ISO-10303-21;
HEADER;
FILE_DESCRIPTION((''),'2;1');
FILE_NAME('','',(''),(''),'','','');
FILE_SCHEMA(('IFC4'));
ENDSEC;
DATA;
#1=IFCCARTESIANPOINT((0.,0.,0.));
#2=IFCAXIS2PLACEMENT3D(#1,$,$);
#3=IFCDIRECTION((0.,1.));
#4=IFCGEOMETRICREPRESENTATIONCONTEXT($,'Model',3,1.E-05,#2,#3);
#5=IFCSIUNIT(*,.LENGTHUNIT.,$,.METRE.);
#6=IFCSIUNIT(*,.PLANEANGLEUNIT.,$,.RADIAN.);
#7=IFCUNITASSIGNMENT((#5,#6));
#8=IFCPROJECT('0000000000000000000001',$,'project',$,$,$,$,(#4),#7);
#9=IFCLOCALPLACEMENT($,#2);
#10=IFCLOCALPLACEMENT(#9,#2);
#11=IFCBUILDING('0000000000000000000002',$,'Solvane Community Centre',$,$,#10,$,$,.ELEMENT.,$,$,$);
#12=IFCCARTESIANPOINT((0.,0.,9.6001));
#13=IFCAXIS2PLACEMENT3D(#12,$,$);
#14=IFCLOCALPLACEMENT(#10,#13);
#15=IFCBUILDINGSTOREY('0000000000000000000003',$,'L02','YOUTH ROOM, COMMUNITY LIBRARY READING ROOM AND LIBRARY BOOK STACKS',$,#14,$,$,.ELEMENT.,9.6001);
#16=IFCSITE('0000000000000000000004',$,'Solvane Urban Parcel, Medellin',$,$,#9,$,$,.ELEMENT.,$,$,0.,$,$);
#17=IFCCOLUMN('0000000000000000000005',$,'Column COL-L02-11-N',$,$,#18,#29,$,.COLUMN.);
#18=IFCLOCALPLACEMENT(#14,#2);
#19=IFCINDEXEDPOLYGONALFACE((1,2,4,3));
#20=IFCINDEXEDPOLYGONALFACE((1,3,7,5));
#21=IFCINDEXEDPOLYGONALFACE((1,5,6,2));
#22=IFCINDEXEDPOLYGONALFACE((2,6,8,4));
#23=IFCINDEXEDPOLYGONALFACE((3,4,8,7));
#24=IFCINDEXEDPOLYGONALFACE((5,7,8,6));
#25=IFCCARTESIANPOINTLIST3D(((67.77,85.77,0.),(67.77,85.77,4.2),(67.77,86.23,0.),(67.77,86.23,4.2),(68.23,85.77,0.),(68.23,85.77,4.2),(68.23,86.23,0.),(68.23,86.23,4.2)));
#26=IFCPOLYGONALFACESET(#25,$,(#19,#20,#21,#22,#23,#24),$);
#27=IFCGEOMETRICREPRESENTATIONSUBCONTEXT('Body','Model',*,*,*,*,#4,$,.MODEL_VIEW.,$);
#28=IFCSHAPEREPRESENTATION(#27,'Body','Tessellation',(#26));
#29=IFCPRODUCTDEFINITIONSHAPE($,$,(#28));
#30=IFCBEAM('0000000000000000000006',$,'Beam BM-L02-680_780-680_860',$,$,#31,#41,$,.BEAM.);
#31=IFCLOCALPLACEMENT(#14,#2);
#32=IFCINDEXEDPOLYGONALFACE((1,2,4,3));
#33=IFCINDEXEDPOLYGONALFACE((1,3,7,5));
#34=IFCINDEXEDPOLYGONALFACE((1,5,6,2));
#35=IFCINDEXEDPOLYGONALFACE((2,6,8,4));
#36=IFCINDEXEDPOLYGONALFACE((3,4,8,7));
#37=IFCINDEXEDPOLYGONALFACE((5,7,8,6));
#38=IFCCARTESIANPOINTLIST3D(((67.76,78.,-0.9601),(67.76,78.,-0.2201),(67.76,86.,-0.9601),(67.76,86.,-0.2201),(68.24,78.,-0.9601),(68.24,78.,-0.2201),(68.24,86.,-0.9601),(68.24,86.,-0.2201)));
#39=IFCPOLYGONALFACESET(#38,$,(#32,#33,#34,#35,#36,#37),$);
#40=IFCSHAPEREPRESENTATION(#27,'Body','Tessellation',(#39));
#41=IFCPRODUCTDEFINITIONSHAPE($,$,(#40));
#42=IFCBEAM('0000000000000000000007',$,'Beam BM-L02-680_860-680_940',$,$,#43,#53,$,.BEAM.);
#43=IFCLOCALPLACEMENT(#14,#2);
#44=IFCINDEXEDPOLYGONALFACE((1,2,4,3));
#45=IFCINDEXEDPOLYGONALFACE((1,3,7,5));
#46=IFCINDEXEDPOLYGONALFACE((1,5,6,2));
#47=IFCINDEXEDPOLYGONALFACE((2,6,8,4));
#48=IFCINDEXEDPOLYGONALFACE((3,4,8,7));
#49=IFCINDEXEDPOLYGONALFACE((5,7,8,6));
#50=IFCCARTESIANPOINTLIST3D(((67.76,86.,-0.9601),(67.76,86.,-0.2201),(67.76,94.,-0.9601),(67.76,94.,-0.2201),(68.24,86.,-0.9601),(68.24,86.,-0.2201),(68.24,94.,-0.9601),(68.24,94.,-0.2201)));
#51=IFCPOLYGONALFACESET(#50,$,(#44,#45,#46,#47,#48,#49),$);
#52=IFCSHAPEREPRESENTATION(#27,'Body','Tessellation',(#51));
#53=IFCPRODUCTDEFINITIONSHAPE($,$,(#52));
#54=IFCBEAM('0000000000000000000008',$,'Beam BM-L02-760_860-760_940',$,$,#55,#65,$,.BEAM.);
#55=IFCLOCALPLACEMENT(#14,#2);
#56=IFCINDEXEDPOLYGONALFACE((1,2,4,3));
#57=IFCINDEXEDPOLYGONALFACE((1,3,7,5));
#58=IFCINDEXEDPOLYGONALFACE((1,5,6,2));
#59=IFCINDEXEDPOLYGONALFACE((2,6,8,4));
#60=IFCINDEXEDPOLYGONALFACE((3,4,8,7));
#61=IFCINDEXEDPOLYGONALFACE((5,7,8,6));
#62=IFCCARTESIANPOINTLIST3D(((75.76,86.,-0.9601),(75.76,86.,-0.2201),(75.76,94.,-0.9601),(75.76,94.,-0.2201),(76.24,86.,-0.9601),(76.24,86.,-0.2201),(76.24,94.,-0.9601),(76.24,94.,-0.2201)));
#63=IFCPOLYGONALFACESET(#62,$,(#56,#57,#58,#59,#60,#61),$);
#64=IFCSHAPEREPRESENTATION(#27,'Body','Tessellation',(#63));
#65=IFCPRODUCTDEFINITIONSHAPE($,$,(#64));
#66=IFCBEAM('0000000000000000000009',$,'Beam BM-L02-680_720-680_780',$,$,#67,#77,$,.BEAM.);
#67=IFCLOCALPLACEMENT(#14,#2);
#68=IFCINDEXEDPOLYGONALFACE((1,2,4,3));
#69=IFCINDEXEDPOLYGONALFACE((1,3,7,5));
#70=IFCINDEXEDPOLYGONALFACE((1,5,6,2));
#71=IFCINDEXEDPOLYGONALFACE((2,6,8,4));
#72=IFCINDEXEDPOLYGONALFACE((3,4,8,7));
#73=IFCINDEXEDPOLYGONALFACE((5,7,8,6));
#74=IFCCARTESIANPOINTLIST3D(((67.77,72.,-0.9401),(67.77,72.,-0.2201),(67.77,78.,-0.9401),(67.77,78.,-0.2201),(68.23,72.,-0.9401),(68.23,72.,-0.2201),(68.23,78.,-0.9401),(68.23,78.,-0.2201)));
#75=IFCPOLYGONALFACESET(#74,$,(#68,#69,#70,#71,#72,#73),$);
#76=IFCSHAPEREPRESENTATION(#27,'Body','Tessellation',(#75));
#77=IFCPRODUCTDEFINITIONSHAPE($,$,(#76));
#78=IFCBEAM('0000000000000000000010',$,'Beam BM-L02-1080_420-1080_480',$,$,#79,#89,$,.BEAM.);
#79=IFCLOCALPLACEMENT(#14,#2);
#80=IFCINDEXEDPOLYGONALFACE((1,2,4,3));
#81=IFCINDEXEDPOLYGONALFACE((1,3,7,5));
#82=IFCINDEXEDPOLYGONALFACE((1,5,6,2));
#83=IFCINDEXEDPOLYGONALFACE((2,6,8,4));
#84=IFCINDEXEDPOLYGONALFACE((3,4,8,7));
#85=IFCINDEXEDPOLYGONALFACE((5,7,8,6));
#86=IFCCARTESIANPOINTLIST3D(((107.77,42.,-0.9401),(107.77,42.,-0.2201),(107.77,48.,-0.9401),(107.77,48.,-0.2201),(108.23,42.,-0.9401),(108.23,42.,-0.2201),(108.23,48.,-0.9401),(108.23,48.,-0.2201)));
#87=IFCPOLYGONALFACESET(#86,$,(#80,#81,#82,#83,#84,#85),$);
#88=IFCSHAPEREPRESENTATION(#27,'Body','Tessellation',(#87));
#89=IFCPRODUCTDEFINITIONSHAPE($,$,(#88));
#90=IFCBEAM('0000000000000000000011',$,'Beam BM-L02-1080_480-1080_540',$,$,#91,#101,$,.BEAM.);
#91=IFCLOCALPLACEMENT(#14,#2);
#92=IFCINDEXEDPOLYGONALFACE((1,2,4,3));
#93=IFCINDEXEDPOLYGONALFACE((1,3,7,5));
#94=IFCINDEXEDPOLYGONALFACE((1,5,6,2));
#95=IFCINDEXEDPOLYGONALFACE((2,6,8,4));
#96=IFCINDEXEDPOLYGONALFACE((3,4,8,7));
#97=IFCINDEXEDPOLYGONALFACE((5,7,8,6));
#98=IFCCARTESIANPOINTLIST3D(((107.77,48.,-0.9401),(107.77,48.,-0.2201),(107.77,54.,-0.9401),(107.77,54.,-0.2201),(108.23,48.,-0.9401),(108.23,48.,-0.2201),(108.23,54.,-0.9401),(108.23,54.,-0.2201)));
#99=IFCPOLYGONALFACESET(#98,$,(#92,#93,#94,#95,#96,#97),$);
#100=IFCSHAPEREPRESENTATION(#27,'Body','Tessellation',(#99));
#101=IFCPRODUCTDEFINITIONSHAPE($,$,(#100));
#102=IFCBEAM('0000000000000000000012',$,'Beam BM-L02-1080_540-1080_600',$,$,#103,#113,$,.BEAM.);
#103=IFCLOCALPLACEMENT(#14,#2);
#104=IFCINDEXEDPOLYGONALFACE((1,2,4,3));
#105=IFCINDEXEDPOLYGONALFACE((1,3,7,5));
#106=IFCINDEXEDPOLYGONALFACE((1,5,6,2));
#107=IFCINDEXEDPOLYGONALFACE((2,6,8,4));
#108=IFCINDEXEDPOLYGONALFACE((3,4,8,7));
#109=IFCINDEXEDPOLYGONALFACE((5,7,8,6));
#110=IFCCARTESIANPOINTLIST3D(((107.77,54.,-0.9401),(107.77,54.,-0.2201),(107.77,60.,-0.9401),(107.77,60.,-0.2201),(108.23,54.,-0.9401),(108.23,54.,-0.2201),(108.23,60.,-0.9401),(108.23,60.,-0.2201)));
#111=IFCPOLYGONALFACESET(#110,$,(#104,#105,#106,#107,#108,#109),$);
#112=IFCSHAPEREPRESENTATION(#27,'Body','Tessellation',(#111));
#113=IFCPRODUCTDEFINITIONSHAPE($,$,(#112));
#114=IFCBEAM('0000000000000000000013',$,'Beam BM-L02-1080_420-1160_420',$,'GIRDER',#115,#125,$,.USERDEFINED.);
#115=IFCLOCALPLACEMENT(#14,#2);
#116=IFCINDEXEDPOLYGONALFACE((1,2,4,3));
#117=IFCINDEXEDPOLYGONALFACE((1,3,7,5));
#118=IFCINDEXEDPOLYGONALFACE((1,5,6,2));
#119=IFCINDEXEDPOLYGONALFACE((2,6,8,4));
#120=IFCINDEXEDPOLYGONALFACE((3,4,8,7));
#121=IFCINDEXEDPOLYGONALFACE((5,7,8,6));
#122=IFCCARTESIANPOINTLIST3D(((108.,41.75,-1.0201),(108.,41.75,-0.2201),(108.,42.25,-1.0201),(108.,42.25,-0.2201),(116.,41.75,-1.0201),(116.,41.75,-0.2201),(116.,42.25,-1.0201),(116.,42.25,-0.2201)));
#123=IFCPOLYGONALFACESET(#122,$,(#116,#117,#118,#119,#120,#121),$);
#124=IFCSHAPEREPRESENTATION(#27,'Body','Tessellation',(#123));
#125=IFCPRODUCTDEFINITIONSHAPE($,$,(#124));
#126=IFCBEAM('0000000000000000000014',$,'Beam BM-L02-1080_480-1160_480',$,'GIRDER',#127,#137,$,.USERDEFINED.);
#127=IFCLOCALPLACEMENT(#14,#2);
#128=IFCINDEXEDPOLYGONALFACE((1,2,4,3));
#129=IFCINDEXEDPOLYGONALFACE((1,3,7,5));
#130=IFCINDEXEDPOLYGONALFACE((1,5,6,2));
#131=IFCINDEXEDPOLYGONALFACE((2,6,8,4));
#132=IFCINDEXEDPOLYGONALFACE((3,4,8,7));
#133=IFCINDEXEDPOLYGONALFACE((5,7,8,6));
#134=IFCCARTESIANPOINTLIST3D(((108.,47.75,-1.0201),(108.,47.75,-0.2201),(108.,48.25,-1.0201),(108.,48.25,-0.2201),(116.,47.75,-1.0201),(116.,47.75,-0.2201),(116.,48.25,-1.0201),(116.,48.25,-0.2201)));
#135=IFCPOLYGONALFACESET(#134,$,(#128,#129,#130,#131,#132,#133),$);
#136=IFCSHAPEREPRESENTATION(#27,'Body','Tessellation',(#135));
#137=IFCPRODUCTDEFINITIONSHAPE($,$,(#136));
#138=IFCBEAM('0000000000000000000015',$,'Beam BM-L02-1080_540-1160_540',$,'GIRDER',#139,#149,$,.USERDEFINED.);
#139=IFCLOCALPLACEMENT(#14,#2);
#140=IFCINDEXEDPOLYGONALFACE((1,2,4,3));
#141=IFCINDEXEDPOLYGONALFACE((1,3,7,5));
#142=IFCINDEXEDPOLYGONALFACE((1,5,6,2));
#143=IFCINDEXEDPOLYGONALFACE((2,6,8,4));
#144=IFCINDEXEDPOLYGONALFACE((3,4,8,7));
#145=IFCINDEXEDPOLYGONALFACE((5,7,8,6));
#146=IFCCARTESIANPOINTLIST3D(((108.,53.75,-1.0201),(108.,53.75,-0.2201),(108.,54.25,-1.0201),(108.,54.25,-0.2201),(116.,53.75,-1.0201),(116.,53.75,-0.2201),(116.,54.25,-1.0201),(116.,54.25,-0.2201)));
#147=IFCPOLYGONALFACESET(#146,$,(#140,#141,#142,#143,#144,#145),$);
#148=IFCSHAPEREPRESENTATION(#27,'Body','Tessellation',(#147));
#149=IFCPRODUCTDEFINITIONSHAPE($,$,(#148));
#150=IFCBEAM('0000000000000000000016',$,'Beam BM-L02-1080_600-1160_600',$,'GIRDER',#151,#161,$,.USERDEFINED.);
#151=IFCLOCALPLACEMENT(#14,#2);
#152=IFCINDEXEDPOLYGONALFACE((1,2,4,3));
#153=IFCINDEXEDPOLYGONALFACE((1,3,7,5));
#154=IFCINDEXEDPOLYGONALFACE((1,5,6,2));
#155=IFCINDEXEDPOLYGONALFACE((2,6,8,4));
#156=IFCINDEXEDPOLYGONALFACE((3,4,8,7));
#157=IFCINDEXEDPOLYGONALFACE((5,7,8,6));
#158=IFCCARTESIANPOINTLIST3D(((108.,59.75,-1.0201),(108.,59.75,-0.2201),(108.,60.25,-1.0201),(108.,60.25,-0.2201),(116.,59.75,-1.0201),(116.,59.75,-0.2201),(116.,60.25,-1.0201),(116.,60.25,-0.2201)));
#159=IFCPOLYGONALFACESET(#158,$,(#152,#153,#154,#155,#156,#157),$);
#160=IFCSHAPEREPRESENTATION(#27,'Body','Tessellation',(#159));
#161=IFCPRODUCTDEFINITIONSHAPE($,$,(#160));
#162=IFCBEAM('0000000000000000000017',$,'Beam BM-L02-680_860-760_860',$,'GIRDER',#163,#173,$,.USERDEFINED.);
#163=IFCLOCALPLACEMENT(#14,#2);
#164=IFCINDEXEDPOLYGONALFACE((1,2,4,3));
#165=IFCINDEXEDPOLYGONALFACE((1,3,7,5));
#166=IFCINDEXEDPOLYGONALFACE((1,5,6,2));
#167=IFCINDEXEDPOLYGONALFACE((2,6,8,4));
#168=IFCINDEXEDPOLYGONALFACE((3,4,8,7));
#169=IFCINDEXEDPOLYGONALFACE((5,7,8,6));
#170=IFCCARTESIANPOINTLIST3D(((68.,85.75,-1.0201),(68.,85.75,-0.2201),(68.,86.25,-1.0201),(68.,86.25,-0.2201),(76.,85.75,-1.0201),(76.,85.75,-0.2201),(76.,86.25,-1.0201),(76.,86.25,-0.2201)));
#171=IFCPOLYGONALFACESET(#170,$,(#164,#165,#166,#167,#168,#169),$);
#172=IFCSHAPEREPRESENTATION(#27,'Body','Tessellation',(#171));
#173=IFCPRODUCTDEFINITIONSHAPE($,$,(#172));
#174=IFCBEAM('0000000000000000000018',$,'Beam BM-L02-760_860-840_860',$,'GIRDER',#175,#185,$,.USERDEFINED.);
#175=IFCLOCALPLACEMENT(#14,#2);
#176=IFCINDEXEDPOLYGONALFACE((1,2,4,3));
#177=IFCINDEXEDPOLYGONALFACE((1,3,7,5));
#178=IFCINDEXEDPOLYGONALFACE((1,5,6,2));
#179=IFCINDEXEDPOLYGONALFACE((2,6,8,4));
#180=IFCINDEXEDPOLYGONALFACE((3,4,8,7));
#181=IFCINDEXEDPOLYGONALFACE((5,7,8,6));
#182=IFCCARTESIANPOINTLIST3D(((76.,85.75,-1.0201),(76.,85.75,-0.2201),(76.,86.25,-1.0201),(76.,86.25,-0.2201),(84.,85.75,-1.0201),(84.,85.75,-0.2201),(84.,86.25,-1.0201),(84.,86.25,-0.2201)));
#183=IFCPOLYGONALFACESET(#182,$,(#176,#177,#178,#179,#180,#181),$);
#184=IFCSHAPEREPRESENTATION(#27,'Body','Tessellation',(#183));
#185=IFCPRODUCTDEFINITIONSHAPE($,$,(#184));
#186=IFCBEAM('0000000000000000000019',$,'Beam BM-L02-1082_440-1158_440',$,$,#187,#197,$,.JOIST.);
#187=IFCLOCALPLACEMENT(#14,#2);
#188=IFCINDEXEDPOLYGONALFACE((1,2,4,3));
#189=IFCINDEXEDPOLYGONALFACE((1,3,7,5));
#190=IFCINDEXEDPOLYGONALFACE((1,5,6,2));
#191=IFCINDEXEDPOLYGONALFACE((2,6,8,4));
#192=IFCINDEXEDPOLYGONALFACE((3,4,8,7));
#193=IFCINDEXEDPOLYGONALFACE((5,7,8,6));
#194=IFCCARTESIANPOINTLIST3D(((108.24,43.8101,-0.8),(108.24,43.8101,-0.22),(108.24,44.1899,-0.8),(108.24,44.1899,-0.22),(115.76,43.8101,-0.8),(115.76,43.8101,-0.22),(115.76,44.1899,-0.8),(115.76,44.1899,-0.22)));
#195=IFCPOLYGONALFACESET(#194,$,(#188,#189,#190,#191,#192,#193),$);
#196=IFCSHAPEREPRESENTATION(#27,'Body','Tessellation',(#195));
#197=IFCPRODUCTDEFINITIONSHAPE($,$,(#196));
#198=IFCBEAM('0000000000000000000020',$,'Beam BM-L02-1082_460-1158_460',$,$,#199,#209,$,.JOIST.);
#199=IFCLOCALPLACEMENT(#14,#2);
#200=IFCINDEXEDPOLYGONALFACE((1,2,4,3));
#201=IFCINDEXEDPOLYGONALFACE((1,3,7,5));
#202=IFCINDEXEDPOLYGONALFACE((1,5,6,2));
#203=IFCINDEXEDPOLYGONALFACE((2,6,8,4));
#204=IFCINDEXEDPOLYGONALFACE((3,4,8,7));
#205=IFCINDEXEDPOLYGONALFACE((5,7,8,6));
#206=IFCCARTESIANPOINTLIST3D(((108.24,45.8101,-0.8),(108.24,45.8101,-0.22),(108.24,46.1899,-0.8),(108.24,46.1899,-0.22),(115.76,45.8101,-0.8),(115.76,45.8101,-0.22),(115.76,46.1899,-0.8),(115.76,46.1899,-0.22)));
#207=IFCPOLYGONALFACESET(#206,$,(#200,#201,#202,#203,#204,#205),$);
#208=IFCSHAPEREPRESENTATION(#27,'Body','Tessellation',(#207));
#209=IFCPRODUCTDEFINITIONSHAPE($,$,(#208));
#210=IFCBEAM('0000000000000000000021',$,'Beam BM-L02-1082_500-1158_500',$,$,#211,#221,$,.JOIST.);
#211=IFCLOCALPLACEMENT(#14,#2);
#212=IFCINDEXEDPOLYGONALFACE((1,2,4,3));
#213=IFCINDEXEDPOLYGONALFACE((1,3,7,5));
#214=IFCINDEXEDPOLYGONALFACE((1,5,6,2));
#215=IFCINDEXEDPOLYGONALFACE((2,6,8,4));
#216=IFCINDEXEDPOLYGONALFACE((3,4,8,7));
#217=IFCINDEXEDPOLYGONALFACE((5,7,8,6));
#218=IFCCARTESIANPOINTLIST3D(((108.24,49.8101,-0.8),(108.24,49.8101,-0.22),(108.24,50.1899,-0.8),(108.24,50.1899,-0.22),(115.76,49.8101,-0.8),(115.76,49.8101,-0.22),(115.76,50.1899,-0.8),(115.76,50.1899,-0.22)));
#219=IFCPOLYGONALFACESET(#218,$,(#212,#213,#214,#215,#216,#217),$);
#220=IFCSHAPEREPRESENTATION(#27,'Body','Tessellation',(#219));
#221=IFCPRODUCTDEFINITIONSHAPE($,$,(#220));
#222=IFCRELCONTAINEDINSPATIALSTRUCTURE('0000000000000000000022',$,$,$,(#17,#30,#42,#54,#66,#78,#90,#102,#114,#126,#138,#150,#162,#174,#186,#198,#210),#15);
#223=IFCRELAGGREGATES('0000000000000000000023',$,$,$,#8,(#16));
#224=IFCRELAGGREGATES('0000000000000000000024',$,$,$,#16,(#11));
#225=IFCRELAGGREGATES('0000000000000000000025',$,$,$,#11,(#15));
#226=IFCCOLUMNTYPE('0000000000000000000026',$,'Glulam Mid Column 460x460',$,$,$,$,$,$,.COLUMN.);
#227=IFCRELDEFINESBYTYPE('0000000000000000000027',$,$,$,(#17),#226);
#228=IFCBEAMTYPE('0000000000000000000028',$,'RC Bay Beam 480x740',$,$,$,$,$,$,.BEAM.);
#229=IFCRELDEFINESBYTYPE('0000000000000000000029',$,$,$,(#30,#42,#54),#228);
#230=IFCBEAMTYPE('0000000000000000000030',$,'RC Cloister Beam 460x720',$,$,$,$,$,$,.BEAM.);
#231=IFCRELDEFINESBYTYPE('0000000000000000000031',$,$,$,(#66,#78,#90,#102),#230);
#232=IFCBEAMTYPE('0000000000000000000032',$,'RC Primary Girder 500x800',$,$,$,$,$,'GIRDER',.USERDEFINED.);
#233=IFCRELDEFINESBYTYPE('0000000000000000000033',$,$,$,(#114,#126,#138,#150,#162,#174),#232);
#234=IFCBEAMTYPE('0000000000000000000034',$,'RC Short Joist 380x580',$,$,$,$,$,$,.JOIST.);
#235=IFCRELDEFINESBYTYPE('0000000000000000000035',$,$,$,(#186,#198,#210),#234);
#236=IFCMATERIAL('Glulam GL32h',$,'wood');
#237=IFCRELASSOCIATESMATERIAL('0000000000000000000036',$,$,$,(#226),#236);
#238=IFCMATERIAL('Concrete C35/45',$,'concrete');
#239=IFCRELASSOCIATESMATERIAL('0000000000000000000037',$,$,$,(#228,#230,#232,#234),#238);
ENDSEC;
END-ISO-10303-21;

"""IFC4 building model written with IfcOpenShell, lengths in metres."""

from ifc_helpers import new_model, si_unit, direction, frame, origin, origin_2d, place, context, subcontext, project, spatial, rectangle, extrude, material, material_profile, profile_set, type_object, element, save


model = new_model("IFC4")

# Units and contexts
model_context = context("Model", 3, precision=1e-05, world=origin(), true_north=direction((0.0, 1.0)))
body_context = subcontext(model_context, "Body", "Model", "MODEL_VIEW")
ifc_project = project(units=[si_unit("LENGTHUNIT", "METRE"), si_unit("PLANEANGLEUNIT", "RADIAN")], contexts=[model_context])

# Site, building, storey
site_placement = place(None, origin())
site = spatial("IfcSite", under=ifc_project, at=site_placement, Name="Solvane Urban Parcel, Medellin", CompositionType="ELEMENT", RefElevation=0.0)
building_placement = place(site_placement, origin())
building = spatial("IfcBuilding", under=site, at=building_placement, Name="Solvane Community Centre", CompositionType="ELEMENT")
storey_placement = place(building_placement, frame((0.0, 0.0, 9.6001)))
storey = spatial("IfcBuildingStorey", under=building, at=storey_placement, Name="L02", Description="YOUTH ROOM, COMMUNITY LIBRARY READING ROOM AND LIBRARY BOOK STACKS", CompositionType="ELEMENT", Elevation=9.6001)

# Column
ifc_material_1 = material(Name="Glulam GL32h", Category="wood")
ifc_material_profile_1 = material_profile(ifc_material_1, rectangle(XDim=0.46, YDim=0.46, at=origin_2d()), Name="GL32h 460x460")
ifc_profile_set_1 = profile_set([ifc_material_profile_1], Name="Glulam GL32h")
column_type = type_object("IfcColumnType", Name="Glulam Mid Column 460x460", PredefinedType="COLUMN", material=ifc_profile_set_1)
column_placement = place(storey_placement, frame((68.0, 86.0, 0.0), z_axis=(0.0, 0.0, 1.0), x_axis=(1.0, 0.0, 0.0)))
element("IfcColumn", 1, at=column_placement, inside=storey, type_object=column_type, Name="Column COL-L02-11-N", PredefinedType="COLUMN", context=body_context, shape_type="SweptSolid", body=[
    extrude(rectangle(XDim=0.46, YDim=0.46, at=origin_2d()), origin(), (0.0, 0.0, 1.0), 4.2),
])

# Beams
ifc_material_2 = material(Name="Concrete C35/45", Category="concrete")
ifc_material_profile_2 = material_profile(ifc_material_2, rectangle(XDim=0.48, YDim=0.74, at=origin_2d()), Name="RC 480x740")
ifc_profile_set_2 = profile_set([ifc_material_profile_2], Name="Concrete C35/45")
beam_type_1 = type_object("IfcBeamType", Name="RC Bay Beam 480x740", PredefinedType="BEAM", material=ifc_profile_set_2)
for number, where, z_axis, x_axis, name in (
    (2, (68.0, 78.0, -0.5901), (0.0, 1.0, 0.0), (-1.0, 0.0, 0.0), "Beam BM-L02-680_780-680_860"),
    (3, (68.0, 86.0, -0.5901), (0.0, 1.0, 0.0), (-1.0, 0.0, 0.0), "Beam BM-L02-680_860-680_940"),
    (4, (76.0, 86.0, -0.5901), (0.0, 1.0, 0.0), (-1.0, 0.0, 0.0), "Beam BM-L02-760_860-760_940"),
):
    element("IfcBeam", number, at=place(storey_placement, frame(where, z_axis=z_axis, x_axis=x_axis)), inside=storey, type_object=beam_type_1, Name=name, PredefinedType="BEAM", context=body_context, shape_type="SweptSolid", body=[
        extrude(rectangle(XDim=0.48, YDim=0.74, at=origin_2d()), origin(), (0.0, 0.0, 1.0), 8.0),
    ])
ifc_material_profile_3 = material_profile(ifc_material_2, rectangle(XDim=0.46, YDim=0.72, at=origin_2d()), Name="RC 460x720")
ifc_profile_set_3 = profile_set([ifc_material_profile_3], Name="Concrete C35/45")
beam_type_2 = type_object("IfcBeamType", Name="RC Cloister Beam 460x720", PredefinedType="BEAM", material=ifc_profile_set_3)
for number, where, z_axis, x_axis, name in (
    (5, (68.0, 72.0, -0.5801), (0.0, 1.0, 0.0), (-1.0, 0.0, 0.0), "Beam BM-L02-680_720-680_780"),
    (6, (108.0, 42.0, -0.5801), (0.0, 1.0, 0.0), (-1.0, 0.0, 0.0), "Beam BM-L02-1080_420-1080_480"),
    (7, (108.0, 48.0, -0.5801), (0.0, 1.0, 0.0), (-1.0, 0.0, 0.0), "Beam BM-L02-1080_480-1080_540"),
    (8, (108.0, 54.0, -0.5801), (0.0, 1.0, 0.0), (-1.0, 0.0, 0.0), "Beam BM-L02-1080_540-1080_600"),
):
    element("IfcBeam", number, at=place(storey_placement, frame(where, z_axis=z_axis, x_axis=x_axis)), inside=storey, type_object=beam_type_2, Name=name, PredefinedType="BEAM", context=body_context, shape_type="SweptSolid", body=[
        extrude(rectangle(XDim=0.46, YDim=0.72, at=origin_2d()), origin(), (0.0, 0.0, 1.0), 6.0),
    ])
ifc_material_profile_4 = material_profile(ifc_material_2, rectangle(XDim=0.5, YDim=0.8, at=origin_2d()), Name="RC 500x800")
ifc_profile_set_4 = profile_set([ifc_material_profile_4], Name="Concrete C35/45")
beam_type_3 = type_object("IfcBeamType", Name="RC Primary Girder 500x800", ElementType="GIRDER", PredefinedType="USERDEFINED", material=ifc_profile_set_4)
for number, where, z_axis, x_axis, name in (
    (9, (108.0, 42.0, -0.6201), (1.0, 0.0, 0.0), (0.0, 1.0, 0.0), "Beam BM-L02-1080_420-1160_420"),
    (10, (108.0, 48.0, -0.6201), (1.0, 0.0, 0.0), (0.0, 1.0, 0.0), "Beam BM-L02-1080_480-1160_480"),
    (11, (108.0, 54.0, -0.6201), (1.0, 0.0, 0.0), (0.0, 1.0, 0.0), "Beam BM-L02-1080_540-1160_540"),
    (12, (108.0, 60.0, -0.6201), (1.0, 0.0, 0.0), (0.0, 1.0, 0.0), "Beam BM-L02-1080_600-1160_600"),
    (13, (68.0, 86.0, -0.6201), (1.0, 0.0, 0.0), (0.0, 1.0, 0.0), "Beam BM-L02-680_860-760_860"),
    (14, (76.0, 86.0, -0.6201), (1.0, 0.0, 0.0), (0.0, 1.0, 0.0), "Beam BM-L02-760_860-840_860"),
):
    element("IfcBeam", number, at=place(storey_placement, frame(where, z_axis=z_axis, x_axis=x_axis)), inside=storey, type_object=beam_type_3, Name=name, ObjectType="GIRDER", PredefinedType="USERDEFINED", context=body_context, shape_type="SweptSolid", body=[
        extrude(rectangle(XDim=0.5, YDim=0.8, at=origin_2d()), origin(), (0.0, 0.0, 1.0), 8.0),
    ])
ifc_material_profile_5 = material_profile(ifc_material_2, rectangle(XDim=0.3799, YDim=0.5801, at=origin_2d()), Name="RC 380x580")
ifc_profile_set_5 = profile_set([ifc_material_profile_5], Name="Concrete C35/45")
beam_type_4 = type_object("IfcBeamType", Name="RC Short Joist 380x580", PredefinedType="JOIST", material=ifc_profile_set_5)
for number, where, z_axis, x_axis, name in (
    (15, (108.24, 44.0, -0.51), (1.0, 0.0, 0.0), (0.0, 1.0, 0.0), "Beam BM-L02-1082_440-1158_440"),
    (16, (108.24, 46.0, -0.51), (1.0, 0.0, 0.0), (0.0, 1.0, 0.0), "Beam BM-L02-1082_460-1158_460"),
    (17, (108.24, 50.0, -0.51), (1.0, 0.0, 0.0), (0.0, 1.0, 0.0), "Beam BM-L02-1082_500-1158_500"),
):
    element("IfcBeam", number, at=place(storey_placement, frame(where, z_axis=z_axis, x_axis=x_axis)), inside=storey, type_object=beam_type_4, Name=name, PredefinedType="JOIST", context=body_context, shape_type="SweptSolid", body=[
        extrude(rectangle(XDim=0.3799, YDim=0.5801, at=origin_2d()), origin(), (0.0, 0.0, 1.0), 7.52),
    ])

save(model, "model.ifc")
